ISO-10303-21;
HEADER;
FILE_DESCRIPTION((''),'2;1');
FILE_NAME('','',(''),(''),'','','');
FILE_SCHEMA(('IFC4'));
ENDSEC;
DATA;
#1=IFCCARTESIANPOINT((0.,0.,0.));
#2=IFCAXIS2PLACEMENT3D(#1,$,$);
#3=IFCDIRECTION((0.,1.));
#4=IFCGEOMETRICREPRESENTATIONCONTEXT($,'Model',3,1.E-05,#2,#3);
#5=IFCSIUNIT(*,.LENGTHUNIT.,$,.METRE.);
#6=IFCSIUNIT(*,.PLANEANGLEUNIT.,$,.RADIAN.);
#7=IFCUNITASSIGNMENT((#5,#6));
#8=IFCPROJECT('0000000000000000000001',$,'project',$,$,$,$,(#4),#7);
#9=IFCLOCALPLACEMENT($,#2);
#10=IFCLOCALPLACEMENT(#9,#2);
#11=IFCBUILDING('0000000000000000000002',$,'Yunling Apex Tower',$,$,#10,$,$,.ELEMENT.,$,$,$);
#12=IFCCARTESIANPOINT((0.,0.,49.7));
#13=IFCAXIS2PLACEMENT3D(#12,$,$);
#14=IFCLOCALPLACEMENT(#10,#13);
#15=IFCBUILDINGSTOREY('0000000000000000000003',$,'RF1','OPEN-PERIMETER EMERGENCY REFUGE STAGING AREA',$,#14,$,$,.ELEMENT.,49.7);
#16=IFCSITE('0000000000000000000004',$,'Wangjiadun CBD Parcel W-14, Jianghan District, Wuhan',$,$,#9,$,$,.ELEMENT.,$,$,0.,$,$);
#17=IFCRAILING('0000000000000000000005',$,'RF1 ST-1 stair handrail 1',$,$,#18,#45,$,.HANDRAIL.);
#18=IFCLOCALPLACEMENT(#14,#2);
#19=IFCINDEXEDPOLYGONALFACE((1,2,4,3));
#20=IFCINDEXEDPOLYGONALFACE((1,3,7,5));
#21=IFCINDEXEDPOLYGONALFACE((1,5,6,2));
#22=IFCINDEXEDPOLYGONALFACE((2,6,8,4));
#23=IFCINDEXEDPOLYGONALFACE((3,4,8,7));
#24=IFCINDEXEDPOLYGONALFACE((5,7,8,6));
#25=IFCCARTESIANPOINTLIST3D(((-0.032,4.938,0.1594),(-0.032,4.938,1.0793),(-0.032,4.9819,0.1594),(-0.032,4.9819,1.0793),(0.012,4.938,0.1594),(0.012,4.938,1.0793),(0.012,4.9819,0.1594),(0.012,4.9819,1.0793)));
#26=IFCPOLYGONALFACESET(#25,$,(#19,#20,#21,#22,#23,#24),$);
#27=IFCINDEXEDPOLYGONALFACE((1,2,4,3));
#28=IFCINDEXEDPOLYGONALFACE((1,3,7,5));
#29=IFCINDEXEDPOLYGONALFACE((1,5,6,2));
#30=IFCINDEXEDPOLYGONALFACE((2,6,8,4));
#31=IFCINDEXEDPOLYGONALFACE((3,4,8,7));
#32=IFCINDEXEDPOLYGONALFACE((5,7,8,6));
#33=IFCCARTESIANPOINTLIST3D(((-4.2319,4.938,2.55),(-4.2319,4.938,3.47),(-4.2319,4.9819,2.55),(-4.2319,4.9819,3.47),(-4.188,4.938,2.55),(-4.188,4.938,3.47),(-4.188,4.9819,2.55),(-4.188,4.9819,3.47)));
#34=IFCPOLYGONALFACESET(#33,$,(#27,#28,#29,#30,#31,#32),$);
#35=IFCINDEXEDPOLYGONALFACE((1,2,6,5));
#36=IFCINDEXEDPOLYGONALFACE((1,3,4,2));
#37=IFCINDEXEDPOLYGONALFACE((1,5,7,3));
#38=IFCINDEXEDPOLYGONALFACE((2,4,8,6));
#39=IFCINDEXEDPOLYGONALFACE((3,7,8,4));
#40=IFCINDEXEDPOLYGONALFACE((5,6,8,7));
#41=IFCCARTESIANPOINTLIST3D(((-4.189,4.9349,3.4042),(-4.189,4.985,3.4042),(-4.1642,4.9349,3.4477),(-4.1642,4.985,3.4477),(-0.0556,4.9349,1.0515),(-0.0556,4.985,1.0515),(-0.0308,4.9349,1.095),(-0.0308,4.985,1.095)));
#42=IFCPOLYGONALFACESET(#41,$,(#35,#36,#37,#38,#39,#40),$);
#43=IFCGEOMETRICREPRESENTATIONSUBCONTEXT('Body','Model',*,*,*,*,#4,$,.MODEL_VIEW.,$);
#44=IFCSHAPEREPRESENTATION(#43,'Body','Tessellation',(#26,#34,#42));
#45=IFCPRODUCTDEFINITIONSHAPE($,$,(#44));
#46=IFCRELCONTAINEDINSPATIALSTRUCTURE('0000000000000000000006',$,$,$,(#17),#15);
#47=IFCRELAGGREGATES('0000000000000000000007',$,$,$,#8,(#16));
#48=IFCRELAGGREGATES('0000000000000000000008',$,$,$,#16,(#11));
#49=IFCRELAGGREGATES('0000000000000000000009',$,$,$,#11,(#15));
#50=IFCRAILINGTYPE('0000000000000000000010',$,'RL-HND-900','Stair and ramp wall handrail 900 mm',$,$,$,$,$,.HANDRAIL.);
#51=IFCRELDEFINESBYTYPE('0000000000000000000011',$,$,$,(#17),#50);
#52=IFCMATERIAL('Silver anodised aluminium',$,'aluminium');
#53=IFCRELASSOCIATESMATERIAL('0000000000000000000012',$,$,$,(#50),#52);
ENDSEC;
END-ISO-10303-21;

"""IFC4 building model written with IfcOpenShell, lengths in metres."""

from ifc_helpers import new_model, si_unit, direction, frame, origin, origin_2d, place, context, subcontext, project, spatial, rectangle, extrude, material, type_object, element, save


model = new_model("IFC4")

# Units and contexts
model_context = context("Model", 3, precision=1e-05, world=origin(), true_north=direction((0.0, 1.0)))
body_context = subcontext(model_context, "Body", "Model", "MODEL_VIEW")
ifc_project = project(units=[si_unit("LENGTHUNIT", "METRE"), si_unit("PLANEANGLEUNIT", "RADIAN")], contexts=[model_context])

# Site, building, storey
site_placement = place(None, origin())
site = spatial("IfcSite", under=ifc_project, at=site_placement, Name="Wangjiadun CBD Parcel W-14, Jianghan District, Wuhan", CompositionType="ELEMENT", RefElevation=0.0)
building_placement = place(site_placement, origin())
building = spatial("IfcBuilding", under=site, at=building_placement, Name="Yunling Apex Tower", CompositionType="ELEMENT")
storey_placement = place(building_placement, frame((0.0, 0.0, 49.7)))
storey = spatial("IfcBuildingStorey", under=building, at=storey_placement, Name="RF1", Description="OPEN-PERIMETER EMERGENCY REFUGE STAGING AREA", CompositionType="ELEMENT", Elevation=49.7)

# Railing
ifc_material_1 = material(Name="Silver anodised aluminium", Category="aluminium")
railing_type_1 = type_object("IfcRailingType", Name="RL-HND-900", Description="Stair and ramp wall handrail 900 mm", PredefinedType="HANDRAIL", material=ifc_material_1)
railing_1_placement = place(storey_placement, frame((-0.01, 4.96, 0.1594)))
element("IfcRailing", 1, at=railing_1_placement, inside=storey, type_object=railing_type_1, Name="RF1 ST-1 stair handrail 1", PredefinedType="HANDRAIL", context=body_context, shape_type="SweptSolid", body=[
    extrude(rectangle(XDim=0.0439, YDim=0.0439, at=origin_2d()), origin(), (0.0, 0.0, 1.0), 0.9199),
    extrude(rectangle(XDim=0.0439, YDim=0.0439, at=origin_2d()), frame((-4.2, 0.0, 2.3906)), (0.0, 0.0, 1.0), 0.9199),
    extrude(rectangle(XDim=0.05, YDim=0.05, at=origin_2d()), frame((-0.0332, 0.0, 0.9138), z_axis=(-0.869075, 0.0, 0.49468), x_axis=(0.0, -1.0, 0.0)), (0.0, 0.0, 1.0), 4.7561),
])

save(model, "model.ifc")
